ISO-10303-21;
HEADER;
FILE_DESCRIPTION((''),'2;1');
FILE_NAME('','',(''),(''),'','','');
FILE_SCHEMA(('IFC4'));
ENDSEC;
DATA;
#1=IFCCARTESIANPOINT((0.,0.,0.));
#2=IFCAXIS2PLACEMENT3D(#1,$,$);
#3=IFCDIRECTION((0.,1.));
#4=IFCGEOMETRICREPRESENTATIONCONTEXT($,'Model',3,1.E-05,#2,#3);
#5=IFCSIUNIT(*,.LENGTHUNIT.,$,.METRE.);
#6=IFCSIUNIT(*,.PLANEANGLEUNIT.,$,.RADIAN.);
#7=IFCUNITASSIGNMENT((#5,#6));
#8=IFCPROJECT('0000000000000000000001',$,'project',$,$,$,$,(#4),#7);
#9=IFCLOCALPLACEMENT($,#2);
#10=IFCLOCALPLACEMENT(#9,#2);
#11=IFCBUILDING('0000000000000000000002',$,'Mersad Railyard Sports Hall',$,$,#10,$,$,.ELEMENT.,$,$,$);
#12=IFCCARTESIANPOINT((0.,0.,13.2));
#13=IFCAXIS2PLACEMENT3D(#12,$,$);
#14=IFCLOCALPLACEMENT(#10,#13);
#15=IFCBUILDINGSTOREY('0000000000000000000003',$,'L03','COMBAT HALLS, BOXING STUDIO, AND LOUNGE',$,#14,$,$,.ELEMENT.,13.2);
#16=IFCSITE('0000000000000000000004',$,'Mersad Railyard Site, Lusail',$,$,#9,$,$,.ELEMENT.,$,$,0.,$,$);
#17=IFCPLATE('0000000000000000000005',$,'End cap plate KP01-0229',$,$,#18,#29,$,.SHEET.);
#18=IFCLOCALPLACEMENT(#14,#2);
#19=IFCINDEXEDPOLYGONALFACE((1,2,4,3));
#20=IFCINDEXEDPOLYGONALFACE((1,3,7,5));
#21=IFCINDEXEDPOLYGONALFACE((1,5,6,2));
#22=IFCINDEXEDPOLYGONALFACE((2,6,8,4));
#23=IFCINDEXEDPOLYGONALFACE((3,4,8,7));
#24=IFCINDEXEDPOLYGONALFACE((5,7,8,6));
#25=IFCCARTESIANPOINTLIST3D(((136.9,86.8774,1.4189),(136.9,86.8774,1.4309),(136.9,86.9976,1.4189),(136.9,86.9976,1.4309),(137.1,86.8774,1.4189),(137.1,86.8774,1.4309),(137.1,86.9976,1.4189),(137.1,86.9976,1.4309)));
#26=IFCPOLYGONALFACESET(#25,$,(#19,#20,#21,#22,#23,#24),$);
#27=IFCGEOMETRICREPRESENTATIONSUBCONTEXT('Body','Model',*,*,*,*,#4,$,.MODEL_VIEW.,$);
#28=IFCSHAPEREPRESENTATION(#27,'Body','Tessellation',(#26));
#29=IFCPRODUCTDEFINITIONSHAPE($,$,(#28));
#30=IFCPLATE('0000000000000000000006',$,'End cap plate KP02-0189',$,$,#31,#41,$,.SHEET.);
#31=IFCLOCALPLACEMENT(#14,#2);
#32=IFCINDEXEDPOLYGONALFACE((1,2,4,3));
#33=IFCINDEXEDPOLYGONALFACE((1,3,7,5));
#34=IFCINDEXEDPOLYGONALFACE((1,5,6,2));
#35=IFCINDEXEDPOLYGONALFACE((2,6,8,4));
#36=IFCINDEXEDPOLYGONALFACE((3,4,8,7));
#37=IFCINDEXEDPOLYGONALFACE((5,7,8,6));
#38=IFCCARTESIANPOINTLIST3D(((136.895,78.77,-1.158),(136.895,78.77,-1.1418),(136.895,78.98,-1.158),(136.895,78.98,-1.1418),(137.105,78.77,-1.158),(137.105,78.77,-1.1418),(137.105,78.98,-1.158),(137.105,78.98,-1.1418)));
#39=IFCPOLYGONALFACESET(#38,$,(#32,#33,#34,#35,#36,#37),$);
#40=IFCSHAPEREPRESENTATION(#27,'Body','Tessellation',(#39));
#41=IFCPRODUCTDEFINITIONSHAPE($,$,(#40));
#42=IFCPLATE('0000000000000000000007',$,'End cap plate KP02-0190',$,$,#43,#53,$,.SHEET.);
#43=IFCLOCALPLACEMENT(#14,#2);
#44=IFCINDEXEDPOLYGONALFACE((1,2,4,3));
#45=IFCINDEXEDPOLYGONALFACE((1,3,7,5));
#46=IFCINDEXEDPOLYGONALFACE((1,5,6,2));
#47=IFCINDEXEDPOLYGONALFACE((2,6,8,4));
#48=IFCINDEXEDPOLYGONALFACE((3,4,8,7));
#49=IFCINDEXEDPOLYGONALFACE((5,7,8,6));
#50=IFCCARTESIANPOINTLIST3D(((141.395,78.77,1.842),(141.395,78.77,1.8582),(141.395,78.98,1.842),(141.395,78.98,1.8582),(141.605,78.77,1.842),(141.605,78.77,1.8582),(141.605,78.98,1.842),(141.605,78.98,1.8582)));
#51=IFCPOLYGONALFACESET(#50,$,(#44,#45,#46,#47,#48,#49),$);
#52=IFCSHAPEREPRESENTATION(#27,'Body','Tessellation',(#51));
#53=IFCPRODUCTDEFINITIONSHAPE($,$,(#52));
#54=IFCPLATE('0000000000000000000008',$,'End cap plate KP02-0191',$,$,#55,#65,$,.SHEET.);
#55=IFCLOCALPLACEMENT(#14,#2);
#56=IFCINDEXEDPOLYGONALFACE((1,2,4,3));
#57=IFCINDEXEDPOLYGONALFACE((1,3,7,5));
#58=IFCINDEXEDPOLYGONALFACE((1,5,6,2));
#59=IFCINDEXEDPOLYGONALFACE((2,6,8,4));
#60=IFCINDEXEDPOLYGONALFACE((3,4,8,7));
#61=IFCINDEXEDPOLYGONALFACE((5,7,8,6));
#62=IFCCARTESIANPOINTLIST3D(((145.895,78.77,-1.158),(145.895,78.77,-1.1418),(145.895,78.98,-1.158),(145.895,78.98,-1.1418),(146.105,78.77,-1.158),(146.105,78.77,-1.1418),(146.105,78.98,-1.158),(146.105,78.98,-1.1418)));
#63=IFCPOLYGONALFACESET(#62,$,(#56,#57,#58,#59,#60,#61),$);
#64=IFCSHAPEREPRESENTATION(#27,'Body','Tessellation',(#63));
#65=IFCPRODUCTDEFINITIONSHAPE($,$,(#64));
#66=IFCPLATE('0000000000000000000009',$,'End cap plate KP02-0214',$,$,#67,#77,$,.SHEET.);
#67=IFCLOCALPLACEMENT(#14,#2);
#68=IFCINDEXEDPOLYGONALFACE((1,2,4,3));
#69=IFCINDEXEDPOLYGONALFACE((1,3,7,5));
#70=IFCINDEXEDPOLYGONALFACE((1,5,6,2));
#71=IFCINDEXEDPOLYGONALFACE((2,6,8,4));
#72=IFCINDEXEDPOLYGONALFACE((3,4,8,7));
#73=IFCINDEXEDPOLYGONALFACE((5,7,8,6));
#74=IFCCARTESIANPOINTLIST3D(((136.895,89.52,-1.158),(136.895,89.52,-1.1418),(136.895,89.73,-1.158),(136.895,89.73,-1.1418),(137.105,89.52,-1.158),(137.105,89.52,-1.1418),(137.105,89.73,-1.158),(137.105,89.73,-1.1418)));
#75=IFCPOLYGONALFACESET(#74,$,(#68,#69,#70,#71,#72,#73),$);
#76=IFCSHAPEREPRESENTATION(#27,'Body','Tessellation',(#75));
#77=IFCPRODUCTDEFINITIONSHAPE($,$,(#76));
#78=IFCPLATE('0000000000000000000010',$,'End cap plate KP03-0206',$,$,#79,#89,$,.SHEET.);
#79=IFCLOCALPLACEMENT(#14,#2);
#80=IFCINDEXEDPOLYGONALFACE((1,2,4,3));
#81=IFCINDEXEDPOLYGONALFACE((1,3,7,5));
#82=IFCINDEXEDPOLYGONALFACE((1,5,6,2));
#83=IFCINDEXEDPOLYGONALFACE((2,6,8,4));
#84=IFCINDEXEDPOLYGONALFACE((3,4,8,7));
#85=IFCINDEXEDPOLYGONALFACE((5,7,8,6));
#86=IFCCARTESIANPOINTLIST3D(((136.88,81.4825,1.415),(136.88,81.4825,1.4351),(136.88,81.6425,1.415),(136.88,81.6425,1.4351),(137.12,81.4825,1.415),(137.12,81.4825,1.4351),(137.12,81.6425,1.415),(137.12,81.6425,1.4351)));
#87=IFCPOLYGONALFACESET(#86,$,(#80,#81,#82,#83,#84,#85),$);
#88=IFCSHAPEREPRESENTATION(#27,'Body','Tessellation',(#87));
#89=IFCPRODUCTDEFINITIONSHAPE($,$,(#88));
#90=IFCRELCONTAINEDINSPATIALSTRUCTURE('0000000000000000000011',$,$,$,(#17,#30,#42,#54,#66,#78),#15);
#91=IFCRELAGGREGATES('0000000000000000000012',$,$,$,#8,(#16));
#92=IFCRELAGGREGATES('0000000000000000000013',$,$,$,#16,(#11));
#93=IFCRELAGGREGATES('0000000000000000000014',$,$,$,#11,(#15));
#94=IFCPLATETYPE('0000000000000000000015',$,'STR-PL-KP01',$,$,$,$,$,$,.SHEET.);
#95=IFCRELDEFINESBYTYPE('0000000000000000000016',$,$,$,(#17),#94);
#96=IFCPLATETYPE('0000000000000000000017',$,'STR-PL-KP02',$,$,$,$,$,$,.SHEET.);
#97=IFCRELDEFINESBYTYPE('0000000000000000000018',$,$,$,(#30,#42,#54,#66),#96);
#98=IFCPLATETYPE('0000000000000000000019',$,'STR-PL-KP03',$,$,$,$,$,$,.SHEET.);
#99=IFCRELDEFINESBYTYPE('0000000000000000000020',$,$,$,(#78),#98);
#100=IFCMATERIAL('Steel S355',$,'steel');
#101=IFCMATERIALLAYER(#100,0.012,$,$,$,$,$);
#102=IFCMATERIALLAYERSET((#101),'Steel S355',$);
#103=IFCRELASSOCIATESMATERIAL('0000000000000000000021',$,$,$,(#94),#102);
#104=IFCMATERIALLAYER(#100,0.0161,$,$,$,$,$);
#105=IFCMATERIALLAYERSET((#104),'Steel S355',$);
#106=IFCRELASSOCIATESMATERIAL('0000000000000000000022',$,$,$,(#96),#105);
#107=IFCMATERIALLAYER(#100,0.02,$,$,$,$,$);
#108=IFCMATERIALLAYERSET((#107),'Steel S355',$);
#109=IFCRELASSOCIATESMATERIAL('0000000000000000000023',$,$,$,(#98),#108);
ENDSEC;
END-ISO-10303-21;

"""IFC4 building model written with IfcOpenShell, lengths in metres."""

from ifc_helpers import new_model, si_unit, direction, frame, origin, origin_2d, place, context, subcontext, project, spatial, rectangle, extrude, material, layer, layer_set, type_object, element, save


model = new_model("IFC4")

# Units and contexts
model_context = context("Model", 3, precision=1e-05, world=origin(), true_north=direction((0.0, 1.0)))
body_context = subcontext(model_context, "Body", "Model", "MODEL_VIEW")
ifc_project = project(units=[si_unit("LENGTHUNIT", "METRE"), si_unit("PLANEANGLEUNIT", "RADIAN")], contexts=[model_context])

# Site, building, storey
site_placement = place(None, origin())
site = spatial("IfcSite", under=ifc_project, at=site_placement, Name="Mersad Railyard Site, Lusail", CompositionType="ELEMENT", RefElevation=0.0)
building_placement = place(site_placement, origin())
building = spatial("IfcBuilding", under=site, at=building_placement, Name="Mersad Railyard Sports Hall", CompositionType="ELEMENT")
storey_placement = place(building_placement, frame((0.0, 0.0, 13.2)))
storey = spatial("IfcBuildingStorey", under=building, at=storey_placement, Name="L03", Description="COMBAT HALLS, BOXING STUDIO, AND LOUNGE", CompositionType="ELEMENT", Elevation=13.2)

# Shared definitions
ifc_material_1 = material(Name="Steel S355", Category="steel")

# Plates
ifc_layer_1 = layer(ifc_material_1, 0.012)
ifc_layer_set_1 = layer_set([ifc_layer_1], Name="Steel S355")
plate_type_1 = type_object("IfcPlateType", Name="STR-PL-KP01", PredefinedType="SHEET", material=ifc_layer_set_1)
plate_1_placement = place(storey_placement, frame((137.0, 86.9375, 1.4189), z_axis=(0.0, 0.0, 1.0), x_axis=(1.0, 0.0, 0.0)))
element("IfcPlate", 1, at=plate_1_placement, inside=storey, type_object=plate_type_1, Name="End cap plate KP01-0229", PredefinedType="SHEET", context=body_context, shape_type="SweptSolid", body=[
    extrude(rectangle(XDim=0.2, YDim=0.1201, at=origin_2d()), origin(), (0.0, 0.0, 1.0), 0.012),
])
ifc_layer_2 = layer(ifc_material_1, 0.0161)
ifc_layer_set_2 = layer_set([ifc_layer_2], Name="Steel S355")
plate_type_2 = type_object("IfcPlateType", Name="STR-PL-KP02", PredefinedType="SHEET", material=ifc_layer_set_2)
for number, where, z_axis, x_axis, name in (
    (2, (137.0, 78.875, -1.158), (0.0, 0.0, 1.0), (1.0, 0.0, 0.0), "End cap plate KP02-0189"),
    (3, (141.5, 78.875, 1.842), (0.0, 0.0, 1.0), (1.0, 0.0, 0.0), "End cap plate KP02-0190"),
    (4, (146.0, 78.875, -1.158), (0.0, 0.0, 1.0), (1.0, 0.0, 0.0), "End cap plate KP02-0191"),
    (5, (137.0, 89.625, -1.158), (0.0, 0.0, 1.0), (1.0, 0.0, 0.0), "End cap plate KP02-0214"),
):
    element("IfcPlate", number, at=place(storey_placement, frame(where, z_axis=z_axis, x_axis=x_axis)), inside=storey, type_object=plate_type_2, Name=name, PredefinedType="SHEET", context=body_context, shape_type="SweptSolid", body=[
        extrude(rectangle(XDim=0.21, YDim=0.21, at=origin_2d()), origin(), (0.0, 0.0, 1.0), 0.0161),
    ])
ifc_layer_3 = layer(ifc_material_1, 0.02)
ifc_layer_set_3 = layer_set([ifc_layer_3], Name="Steel S355")
plate_type_3 = type_object("IfcPlateType", Name="STR-PL-KP03", PredefinedType="SHEET", material=ifc_layer_set_3)
plate_2_placement = place(storey_placement, frame((137.0, 81.5625, 1.415), z_axis=(0.0, 0.0, 1.0), x_axis=(1.0, 0.0, 0.0)))
element("IfcPlate", 6, at=plate_2_placement, inside=storey, type_object=plate_type_3, Name="End cap plate KP03-0206", PredefinedType="SHEET", context=body_context, shape_type="SweptSolid", body=[
    extrude(rectangle(XDim=0.24, YDim=0.1599, at=origin_2d()), origin(), (0.0, 0.0, 1.0), 0.02),
])

save(model, "model.ifc")
